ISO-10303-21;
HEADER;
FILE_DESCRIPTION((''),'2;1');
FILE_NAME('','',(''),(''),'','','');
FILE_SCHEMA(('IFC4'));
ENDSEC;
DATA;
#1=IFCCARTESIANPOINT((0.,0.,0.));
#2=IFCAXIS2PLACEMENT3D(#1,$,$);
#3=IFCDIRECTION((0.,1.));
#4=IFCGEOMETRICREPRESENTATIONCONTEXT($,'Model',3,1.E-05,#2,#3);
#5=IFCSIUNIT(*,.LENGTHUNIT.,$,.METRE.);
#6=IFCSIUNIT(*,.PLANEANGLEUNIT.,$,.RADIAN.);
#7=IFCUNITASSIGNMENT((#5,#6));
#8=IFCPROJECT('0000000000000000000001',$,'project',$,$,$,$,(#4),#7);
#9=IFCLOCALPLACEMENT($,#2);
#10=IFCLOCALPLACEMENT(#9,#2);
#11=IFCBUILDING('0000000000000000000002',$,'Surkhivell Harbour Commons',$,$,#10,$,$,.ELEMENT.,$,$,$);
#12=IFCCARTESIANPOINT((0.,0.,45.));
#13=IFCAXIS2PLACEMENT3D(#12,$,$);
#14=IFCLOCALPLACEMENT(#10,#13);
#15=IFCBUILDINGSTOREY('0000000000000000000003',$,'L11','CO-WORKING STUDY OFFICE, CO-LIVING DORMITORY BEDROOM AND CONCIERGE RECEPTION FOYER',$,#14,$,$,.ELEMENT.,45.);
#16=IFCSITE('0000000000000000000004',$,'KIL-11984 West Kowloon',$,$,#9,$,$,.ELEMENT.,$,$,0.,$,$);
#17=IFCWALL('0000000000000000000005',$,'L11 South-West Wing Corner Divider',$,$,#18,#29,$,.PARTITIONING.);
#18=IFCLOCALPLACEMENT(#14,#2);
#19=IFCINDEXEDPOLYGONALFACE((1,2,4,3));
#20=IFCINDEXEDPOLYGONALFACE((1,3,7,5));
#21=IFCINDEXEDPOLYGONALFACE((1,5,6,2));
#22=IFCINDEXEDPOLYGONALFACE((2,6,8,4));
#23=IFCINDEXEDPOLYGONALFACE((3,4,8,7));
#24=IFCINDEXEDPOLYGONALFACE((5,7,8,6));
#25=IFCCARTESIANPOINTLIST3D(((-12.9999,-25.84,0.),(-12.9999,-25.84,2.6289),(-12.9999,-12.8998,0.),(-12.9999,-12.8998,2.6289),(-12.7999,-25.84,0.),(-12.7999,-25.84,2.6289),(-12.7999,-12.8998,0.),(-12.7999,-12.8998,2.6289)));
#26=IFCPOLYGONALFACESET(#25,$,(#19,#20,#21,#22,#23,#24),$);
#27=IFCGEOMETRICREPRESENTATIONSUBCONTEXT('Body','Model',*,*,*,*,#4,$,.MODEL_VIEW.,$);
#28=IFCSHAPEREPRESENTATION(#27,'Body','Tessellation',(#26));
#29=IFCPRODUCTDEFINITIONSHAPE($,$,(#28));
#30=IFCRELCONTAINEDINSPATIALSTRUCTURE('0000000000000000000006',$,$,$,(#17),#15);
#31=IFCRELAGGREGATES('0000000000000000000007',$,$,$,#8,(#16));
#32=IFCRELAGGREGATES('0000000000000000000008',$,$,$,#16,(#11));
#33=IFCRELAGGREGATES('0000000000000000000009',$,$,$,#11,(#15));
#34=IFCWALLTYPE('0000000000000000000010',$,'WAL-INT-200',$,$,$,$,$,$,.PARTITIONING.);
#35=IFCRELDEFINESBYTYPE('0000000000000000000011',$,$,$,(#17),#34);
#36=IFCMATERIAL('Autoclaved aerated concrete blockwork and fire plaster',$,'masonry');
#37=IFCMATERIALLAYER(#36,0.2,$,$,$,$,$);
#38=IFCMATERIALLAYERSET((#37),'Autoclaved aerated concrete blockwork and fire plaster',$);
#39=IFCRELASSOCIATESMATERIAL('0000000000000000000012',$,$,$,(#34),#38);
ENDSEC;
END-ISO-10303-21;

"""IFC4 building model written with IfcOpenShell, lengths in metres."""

from ifc_helpers import new_model, si_unit, direction, frame, frame_2d, origin, place, context, subcontext, project, spatial, rectangle, extrude, material, layer, layer_set, type_object, element, save


model = new_model("IFC4")

# Units and contexts
model_context = context("Model", 3, precision=1e-05, world=origin(), true_north=direction((0.0, 1.0)))
body_context = subcontext(model_context, "Body", "Model", "MODEL_VIEW")
ifc_project = project(units=[si_unit("LENGTHUNIT", "METRE"), si_unit("PLANEANGLEUNIT", "RADIAN")], contexts=[model_context])

# Site, building, storey
site_placement = place(None, origin())
site = spatial("IfcSite", under=ifc_project, at=site_placement, Name="KIL-11984 West Kowloon", CompositionType="ELEMENT", RefElevation=0.0)
building_placement = place(site_placement, origin())
building = spatial("IfcBuilding", under=site, at=building_placement, Name="Surkhivell Harbour Commons", CompositionType="ELEMENT")
storey_placement = place(building_placement, frame((0.0, 0.0, 45.0)))
storey = spatial("IfcBuildingStorey", under=building, at=storey_placement, Name="L11", Description="CO-WORKING STUDY OFFICE, CO-LIVING DORMITORY BEDROOM AND CONCIERGE RECEPTION FOYER", CompositionType="ELEMENT", Elevation=45.0)

# Wall
ifc_material_1 = material(Name="Autoclaved aerated concrete blockwork and fire plaster", Category="masonry")
ifc_layer_1 = layer(ifc_material_1, 0.2)
ifc_layer_set_1 = layer_set([ifc_layer_1], Name="Autoclaved aerated concrete blockwork and fire plaster")
wall_type = type_object("IfcWallType", Name="WAL-INT-200", PredefinedType="PARTITIONING", material=ifc_layer_set_1)
wall_placement = place(storey_placement, frame((-12.8999, -25.8401, 0.0), z_axis=(0.0, 0.0, 1.0), x_axis=(0.0, 1.0, 0.0)))
element("IfcWall", 1, at=wall_placement, inside=storey, type_object=wall_type, Name="L11 South-West Wing Corner Divider", PredefinedType="PARTITIONING", context=body_context, shape_type="SweptSolid", body=[
    extrude(rectangle(XDim=12.9402, YDim=0.2, at=frame_2d((6.4702, 0.0))), origin(), (0.0, 0.0, 1.0), 2.6289),
])

save(model, "model.ifc")
